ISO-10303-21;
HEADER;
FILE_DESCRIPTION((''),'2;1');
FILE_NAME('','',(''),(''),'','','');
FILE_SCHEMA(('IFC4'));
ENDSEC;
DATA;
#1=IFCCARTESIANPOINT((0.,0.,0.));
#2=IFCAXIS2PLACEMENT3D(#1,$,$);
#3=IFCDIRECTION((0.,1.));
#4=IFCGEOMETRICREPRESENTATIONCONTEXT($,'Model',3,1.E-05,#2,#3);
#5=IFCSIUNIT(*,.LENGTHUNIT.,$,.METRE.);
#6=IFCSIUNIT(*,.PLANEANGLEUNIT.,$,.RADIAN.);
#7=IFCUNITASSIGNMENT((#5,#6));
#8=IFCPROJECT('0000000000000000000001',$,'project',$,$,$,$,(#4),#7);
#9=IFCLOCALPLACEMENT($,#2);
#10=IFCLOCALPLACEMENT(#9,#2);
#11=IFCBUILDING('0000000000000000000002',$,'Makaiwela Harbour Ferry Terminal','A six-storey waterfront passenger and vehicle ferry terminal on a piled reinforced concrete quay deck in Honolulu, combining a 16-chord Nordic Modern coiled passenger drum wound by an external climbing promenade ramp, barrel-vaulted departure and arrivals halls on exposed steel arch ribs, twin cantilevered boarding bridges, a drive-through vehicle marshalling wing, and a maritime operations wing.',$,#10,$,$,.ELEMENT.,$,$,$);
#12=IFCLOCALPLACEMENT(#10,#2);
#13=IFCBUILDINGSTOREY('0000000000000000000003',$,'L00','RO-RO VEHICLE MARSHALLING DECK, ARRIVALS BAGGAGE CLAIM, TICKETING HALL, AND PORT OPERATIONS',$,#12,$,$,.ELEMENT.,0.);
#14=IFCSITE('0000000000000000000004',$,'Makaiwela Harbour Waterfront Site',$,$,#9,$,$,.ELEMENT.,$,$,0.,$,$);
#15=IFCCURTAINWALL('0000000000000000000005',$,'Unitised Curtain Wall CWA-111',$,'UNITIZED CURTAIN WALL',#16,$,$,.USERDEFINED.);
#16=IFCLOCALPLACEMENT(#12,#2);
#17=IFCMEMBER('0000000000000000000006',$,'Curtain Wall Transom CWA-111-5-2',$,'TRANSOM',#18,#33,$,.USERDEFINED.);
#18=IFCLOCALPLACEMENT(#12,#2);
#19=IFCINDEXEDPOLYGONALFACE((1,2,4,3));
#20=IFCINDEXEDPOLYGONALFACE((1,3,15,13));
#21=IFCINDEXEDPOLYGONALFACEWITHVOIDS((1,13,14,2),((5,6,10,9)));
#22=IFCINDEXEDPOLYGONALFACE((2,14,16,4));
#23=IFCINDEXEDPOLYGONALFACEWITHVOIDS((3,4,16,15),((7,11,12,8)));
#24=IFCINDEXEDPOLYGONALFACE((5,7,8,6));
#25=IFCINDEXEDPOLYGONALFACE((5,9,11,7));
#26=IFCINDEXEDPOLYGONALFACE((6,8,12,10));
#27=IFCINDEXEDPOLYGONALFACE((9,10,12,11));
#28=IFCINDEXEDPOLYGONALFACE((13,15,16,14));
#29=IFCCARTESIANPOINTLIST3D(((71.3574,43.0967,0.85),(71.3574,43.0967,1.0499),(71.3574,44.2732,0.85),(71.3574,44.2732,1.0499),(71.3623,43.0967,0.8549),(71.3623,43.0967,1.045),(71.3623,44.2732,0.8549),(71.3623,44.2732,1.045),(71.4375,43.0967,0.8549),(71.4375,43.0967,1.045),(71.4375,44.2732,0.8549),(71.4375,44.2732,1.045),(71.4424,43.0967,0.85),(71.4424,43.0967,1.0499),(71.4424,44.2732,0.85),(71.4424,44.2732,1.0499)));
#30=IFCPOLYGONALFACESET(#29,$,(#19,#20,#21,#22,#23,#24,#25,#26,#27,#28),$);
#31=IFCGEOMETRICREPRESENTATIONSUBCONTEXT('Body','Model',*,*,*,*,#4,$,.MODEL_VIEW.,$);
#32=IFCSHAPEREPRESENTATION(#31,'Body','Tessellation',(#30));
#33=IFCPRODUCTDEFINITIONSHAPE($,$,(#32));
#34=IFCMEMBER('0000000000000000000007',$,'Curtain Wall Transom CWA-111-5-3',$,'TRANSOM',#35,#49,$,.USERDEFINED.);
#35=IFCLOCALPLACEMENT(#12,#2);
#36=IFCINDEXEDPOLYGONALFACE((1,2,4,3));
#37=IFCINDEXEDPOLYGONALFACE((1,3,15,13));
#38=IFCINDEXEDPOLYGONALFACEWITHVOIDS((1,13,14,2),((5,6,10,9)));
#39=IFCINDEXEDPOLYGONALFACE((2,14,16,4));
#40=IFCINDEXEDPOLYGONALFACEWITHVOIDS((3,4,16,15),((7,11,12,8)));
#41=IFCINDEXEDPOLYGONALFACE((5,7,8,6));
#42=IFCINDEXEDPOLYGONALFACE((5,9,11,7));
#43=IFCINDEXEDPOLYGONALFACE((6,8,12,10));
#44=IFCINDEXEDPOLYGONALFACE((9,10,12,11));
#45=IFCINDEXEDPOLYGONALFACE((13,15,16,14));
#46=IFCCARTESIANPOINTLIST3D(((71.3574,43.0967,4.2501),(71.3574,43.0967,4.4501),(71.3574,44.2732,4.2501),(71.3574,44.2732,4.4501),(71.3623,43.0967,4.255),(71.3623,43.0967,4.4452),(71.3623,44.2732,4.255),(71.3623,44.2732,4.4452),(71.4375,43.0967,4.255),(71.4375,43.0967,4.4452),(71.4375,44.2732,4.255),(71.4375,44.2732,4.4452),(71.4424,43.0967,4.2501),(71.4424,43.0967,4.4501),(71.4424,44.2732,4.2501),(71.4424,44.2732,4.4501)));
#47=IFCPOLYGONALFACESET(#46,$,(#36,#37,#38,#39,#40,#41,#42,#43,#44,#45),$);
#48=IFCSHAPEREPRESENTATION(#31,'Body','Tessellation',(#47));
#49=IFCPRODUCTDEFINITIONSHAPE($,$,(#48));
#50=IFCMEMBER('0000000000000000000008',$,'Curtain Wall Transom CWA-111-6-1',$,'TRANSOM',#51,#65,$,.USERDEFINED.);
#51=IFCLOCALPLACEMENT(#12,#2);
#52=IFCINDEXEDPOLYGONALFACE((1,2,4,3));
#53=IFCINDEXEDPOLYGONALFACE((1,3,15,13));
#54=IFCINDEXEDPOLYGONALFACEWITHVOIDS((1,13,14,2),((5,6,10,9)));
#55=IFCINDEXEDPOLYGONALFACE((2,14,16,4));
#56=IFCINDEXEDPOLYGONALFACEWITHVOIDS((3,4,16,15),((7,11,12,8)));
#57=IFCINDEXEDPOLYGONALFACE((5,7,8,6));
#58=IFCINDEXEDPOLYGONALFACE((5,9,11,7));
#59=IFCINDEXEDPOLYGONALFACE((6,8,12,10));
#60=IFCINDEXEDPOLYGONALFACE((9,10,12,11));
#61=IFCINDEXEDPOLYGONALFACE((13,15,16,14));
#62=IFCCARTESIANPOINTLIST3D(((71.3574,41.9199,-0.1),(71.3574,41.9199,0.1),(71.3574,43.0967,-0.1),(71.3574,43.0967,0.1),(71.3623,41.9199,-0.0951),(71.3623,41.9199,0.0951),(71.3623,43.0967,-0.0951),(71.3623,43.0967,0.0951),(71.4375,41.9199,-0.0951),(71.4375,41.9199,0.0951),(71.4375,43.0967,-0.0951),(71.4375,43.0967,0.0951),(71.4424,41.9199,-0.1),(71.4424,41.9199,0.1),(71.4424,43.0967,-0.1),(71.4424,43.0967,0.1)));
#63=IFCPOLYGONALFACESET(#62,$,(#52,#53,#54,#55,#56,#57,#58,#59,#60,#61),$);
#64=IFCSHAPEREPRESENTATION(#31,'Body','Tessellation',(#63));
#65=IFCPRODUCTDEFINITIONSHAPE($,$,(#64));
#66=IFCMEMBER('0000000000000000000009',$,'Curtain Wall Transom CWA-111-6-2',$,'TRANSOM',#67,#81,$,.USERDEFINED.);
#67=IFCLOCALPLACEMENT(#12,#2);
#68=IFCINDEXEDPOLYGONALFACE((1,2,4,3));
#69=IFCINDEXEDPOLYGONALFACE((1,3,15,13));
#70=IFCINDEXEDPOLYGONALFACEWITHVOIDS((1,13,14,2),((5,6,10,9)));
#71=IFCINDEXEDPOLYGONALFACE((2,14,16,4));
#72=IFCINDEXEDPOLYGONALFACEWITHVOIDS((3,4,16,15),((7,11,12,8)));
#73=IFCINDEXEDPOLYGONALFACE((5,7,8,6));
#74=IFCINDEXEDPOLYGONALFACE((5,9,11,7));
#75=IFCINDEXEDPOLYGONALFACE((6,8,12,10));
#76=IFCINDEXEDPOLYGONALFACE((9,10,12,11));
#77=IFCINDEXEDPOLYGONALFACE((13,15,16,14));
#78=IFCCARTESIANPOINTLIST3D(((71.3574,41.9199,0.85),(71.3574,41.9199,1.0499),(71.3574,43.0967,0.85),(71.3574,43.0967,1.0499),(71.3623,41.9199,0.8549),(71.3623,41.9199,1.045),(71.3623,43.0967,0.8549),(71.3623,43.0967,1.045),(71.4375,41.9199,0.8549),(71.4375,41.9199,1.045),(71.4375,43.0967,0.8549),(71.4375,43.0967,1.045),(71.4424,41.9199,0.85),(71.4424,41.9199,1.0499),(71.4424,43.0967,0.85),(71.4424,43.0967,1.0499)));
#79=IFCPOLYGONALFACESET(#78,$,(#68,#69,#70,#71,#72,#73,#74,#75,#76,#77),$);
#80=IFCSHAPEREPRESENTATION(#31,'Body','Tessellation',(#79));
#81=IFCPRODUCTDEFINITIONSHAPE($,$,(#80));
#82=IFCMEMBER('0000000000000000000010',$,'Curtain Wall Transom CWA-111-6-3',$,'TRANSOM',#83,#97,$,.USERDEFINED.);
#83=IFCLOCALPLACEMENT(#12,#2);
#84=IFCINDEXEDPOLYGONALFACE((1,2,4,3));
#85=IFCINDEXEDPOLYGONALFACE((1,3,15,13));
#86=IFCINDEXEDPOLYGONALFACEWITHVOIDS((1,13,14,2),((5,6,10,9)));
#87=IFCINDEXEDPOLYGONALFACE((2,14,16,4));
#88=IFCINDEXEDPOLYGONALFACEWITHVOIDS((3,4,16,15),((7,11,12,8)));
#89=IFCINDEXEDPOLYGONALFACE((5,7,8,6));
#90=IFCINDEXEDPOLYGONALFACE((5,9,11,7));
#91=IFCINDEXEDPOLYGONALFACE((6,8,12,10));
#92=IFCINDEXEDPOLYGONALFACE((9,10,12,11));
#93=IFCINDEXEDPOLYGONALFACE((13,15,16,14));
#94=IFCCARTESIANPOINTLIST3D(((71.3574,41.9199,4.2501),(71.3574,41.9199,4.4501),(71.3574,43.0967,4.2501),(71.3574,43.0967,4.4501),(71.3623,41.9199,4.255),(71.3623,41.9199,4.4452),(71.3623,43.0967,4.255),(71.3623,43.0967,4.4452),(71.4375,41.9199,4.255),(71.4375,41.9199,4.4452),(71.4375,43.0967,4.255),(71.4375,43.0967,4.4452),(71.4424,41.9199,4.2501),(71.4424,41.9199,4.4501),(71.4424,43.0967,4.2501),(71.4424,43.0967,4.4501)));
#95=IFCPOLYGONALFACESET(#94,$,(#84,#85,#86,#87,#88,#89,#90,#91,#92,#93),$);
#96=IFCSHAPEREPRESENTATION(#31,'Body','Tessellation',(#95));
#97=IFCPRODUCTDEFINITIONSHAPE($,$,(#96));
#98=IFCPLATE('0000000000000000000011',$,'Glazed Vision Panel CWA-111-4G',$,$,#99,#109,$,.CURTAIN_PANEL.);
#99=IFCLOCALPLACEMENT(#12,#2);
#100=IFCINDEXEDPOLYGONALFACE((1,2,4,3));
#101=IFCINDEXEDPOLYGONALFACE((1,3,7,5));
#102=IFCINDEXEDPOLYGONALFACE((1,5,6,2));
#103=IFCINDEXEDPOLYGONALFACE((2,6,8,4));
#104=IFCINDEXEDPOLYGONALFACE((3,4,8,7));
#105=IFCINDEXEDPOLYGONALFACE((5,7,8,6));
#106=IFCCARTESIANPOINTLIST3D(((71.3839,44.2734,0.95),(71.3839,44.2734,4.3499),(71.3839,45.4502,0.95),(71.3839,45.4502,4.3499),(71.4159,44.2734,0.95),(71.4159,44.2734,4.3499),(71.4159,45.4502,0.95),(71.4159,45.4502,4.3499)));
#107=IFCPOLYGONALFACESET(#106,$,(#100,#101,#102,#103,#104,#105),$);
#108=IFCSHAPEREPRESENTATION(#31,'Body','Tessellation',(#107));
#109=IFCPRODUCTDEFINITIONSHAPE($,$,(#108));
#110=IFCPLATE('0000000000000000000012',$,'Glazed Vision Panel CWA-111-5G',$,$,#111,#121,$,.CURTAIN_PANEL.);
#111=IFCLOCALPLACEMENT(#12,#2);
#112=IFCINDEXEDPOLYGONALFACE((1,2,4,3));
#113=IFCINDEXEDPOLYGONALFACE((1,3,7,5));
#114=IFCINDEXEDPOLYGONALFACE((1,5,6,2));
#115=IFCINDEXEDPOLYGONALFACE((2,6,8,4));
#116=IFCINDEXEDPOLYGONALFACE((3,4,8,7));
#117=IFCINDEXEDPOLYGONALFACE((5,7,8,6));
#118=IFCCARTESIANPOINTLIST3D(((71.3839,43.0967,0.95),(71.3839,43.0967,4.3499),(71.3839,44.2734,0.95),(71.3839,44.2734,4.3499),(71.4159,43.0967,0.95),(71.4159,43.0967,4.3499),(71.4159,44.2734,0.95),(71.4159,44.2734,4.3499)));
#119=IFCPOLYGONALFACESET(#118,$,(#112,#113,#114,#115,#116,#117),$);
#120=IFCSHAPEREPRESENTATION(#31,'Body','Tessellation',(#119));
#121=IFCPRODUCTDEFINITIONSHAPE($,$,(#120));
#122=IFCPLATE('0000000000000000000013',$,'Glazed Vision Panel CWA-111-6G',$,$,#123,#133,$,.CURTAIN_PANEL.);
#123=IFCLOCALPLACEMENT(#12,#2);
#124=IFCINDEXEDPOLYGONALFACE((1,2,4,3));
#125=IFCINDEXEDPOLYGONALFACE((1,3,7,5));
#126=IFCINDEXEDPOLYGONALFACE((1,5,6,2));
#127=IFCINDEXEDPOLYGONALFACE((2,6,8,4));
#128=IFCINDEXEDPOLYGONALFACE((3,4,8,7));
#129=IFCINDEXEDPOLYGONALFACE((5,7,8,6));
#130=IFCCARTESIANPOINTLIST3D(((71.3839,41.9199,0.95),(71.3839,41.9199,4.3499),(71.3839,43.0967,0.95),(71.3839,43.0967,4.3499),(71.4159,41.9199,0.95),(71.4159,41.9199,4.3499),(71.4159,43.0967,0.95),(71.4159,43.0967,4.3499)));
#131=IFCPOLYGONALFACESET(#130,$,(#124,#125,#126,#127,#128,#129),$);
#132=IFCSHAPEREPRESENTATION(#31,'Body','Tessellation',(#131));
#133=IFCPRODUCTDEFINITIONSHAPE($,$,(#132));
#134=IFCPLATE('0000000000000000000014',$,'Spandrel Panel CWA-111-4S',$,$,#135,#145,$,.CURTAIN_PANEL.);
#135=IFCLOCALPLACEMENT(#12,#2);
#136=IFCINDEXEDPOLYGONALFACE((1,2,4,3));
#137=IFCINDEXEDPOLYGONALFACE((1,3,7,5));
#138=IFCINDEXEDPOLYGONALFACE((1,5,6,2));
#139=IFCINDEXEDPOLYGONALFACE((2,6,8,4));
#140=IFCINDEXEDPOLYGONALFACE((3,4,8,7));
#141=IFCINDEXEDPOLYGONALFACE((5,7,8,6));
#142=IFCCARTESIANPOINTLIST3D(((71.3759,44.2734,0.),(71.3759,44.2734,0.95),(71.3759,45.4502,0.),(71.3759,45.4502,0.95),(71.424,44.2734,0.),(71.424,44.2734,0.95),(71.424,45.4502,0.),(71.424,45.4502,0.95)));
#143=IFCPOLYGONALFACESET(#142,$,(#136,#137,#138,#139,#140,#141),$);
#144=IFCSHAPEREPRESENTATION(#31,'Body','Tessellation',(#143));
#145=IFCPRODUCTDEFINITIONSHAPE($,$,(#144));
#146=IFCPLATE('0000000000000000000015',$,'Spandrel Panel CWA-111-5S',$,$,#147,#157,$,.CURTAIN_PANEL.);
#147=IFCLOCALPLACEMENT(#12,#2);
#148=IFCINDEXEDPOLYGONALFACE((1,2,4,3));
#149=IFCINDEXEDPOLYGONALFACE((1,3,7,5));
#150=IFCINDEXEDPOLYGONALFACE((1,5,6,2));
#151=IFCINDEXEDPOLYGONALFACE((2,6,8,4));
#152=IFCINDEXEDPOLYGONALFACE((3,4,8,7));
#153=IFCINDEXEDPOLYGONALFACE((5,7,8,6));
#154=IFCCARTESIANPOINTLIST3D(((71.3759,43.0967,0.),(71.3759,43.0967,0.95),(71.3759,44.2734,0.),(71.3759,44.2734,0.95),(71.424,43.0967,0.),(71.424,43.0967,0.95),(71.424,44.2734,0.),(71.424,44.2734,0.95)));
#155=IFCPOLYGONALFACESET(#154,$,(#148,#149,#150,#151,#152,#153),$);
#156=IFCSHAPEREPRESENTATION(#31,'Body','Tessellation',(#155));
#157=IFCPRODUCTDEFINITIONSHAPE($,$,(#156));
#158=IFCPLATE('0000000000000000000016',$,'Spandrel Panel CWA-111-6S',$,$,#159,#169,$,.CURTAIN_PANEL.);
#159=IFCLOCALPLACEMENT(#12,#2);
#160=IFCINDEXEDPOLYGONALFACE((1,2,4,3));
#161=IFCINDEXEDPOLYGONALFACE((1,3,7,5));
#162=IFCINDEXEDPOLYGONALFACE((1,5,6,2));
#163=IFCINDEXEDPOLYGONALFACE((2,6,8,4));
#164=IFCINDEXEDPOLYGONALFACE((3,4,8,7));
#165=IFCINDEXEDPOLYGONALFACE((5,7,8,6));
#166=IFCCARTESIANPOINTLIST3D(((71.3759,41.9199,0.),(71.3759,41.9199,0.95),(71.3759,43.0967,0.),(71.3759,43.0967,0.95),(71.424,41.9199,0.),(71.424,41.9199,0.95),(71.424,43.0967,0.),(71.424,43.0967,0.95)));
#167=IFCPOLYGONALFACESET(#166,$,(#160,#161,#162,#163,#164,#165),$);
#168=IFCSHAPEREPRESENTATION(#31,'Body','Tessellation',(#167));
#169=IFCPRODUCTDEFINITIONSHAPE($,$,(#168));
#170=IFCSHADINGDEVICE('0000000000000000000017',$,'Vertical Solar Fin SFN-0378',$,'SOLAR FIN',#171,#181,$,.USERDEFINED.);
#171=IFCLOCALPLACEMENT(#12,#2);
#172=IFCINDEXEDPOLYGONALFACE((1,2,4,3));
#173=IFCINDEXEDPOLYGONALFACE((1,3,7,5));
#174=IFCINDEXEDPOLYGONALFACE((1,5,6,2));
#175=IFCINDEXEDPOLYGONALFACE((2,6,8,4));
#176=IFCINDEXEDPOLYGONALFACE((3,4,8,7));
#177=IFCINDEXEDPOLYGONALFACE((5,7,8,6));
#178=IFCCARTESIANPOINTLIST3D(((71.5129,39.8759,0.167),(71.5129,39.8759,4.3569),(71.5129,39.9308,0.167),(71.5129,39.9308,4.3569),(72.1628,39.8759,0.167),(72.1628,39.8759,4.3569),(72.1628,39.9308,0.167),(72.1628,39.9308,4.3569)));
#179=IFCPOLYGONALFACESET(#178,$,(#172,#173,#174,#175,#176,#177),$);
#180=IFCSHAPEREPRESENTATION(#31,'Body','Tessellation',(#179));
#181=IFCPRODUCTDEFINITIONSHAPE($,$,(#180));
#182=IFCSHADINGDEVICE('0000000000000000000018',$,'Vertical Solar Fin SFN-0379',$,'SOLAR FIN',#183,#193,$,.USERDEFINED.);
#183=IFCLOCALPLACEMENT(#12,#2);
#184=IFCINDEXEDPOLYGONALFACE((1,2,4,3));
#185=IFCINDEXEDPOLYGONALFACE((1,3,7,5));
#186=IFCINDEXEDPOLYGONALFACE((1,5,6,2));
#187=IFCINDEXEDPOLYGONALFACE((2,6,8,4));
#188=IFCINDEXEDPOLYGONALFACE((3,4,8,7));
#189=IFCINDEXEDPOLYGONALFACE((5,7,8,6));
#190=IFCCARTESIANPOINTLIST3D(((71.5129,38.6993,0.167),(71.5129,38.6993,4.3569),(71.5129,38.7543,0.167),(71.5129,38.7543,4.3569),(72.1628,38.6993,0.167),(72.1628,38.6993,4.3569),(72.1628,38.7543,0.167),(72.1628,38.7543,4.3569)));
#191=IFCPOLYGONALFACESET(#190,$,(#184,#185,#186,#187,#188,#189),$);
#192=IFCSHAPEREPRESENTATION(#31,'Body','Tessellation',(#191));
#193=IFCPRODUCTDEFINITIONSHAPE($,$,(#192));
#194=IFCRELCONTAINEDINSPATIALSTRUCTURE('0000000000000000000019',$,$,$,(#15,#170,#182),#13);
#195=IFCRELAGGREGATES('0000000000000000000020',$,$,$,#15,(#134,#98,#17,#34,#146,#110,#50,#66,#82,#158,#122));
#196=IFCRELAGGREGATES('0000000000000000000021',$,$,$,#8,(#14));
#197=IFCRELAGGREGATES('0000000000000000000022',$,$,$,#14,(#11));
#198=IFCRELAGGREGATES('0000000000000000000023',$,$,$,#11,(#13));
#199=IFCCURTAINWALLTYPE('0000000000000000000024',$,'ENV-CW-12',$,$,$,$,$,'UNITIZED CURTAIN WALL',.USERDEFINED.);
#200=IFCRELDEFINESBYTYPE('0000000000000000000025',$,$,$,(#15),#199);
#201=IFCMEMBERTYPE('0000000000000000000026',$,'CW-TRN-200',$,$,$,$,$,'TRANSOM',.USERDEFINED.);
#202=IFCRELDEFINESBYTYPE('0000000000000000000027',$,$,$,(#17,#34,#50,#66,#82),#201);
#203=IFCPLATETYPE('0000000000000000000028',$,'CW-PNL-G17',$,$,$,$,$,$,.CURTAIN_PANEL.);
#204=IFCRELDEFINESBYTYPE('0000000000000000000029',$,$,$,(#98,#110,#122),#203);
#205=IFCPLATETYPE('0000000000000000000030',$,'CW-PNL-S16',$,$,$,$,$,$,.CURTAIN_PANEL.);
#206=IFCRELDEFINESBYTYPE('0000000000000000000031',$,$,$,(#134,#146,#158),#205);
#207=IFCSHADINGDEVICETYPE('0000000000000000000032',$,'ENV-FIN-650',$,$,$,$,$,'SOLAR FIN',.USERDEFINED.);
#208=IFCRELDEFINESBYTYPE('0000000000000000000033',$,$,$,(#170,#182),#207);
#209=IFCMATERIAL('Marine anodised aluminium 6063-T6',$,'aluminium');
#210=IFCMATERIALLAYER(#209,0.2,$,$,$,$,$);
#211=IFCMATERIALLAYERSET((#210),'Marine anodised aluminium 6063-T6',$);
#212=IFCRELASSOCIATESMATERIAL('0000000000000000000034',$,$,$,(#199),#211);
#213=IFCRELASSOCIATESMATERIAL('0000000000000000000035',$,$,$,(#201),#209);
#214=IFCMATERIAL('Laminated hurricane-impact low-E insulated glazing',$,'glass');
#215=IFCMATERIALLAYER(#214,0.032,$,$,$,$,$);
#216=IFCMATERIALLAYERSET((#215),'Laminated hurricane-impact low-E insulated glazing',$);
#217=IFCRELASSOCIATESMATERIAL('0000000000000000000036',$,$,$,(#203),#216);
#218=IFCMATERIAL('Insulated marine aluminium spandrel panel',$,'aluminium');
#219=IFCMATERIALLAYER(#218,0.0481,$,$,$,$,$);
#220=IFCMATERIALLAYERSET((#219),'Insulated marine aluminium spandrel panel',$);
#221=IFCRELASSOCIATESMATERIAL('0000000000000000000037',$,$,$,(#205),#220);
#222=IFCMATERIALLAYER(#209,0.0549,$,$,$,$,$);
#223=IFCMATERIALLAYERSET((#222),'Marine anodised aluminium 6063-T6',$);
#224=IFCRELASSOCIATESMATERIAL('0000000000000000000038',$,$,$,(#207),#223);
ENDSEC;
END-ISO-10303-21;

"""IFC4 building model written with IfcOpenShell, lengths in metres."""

from ifc_helpers import new_model, si_unit, direction, frame, origin, origin_2d, place, context, subcontext, project, spatial, rectangle, hollow_rectangle, extrude, material, layer, layer_set, material_profile, profile_set, type_object, element, aggregate, save


model = new_model("IFC4")

# Units and contexts
model_context = context("Model", 3, precision=1e-05, world=origin(), true_north=direction((0.0, 1.0)))
body_context = subcontext(model_context, "Body", "Model", "MODEL_VIEW")
ifc_project = project(units=[si_unit("LENGTHUNIT", "METRE"), si_unit("PLANEANGLEUNIT", "RADIAN")], contexts=[model_context])

# Site, building, storey
site_placement = place(None, origin())
site = spatial("IfcSite", under=ifc_project, at=site_placement, Name="Makaiwela Harbour Waterfront Site", CompositionType="ELEMENT", RefElevation=0.0)
building_placement = place(site_placement, origin())
building = spatial("IfcBuilding", under=site, at=building_placement, Name="Makaiwela Harbour Ferry Terminal", Description="A six-storey waterfront passenger and vehicle ferry terminal on a piled reinforced concrete quay deck in Honolulu, combining a 16-chord Nordic Modern coiled passenger drum wound by an external climbing promenade ramp, barrel-vaulted departure and arrivals halls on exposed steel arch ribs, twin cantilevered boarding bridges, a drive-through vehicle marshalling wing, and a maritime operations wing.", CompositionType="ELEMENT")
storey_placement = place(building_placement, origin())
storey = spatial("IfcBuildingStorey", under=building, at=storey_placement, Name="L00", Description="RO-RO VEHICLE MARSHALLING DECK, ARRIVALS BAGGAGE CLAIM, TICKETING HALL, AND PORT OPERATIONS", CompositionType="ELEMENT", Elevation=0.0)

# Curtain wall, members, plates
ifc_material_1 = material(Name="Marine anodised aluminium 6063-T6", Category="aluminium")
ifc_layer_1 = layer(ifc_material_1, 0.2)
ifc_layer_set_1 = layer_set([ifc_layer_1], Name="Marine anodised aluminium 6063-T6")
curtain_wall_type = type_object("IfcCurtainWallType", Name="ENV-CW-12", ElementType="UNITIZED CURTAIN WALL", PredefinedType="USERDEFINED", material=ifc_layer_set_1)
curtain_wall_placement = place(storey_placement, origin())
curtain_wall = element("IfcCurtainWall", 1, at=curtain_wall_placement, inside=storey, type_object=curtain_wall_type, Name="Unitised Curtain Wall CWA-111", ObjectType="UNITIZED CURTAIN WALL", PredefinedType="USERDEFINED")
ifc_material_profile_1 = material_profile(ifc_material_1, hollow_rectangle(XDim=0.085, YDim=0.2, WallThickness=0.0049, at=origin_2d()), Name="CWT-200X85")
ifc_profile_set_1 = profile_set([ifc_material_profile_1], Name="Marine anodised aluminium 6063-T6")
member_type_1 = type_object("IfcMemberType", Name="CW-TRN-200", ElementType="TRANSOM", PredefinedType="USERDEFINED", material=ifc_profile_set_1)
member_1_placement = place(storey_placement, frame((71.3999, 44.2732, 0.95), z_axis=(0.0, -1.0, 0.0), x_axis=(1.0, 0.0, 0.0)))
member_1 = element("IfcMember", 2, at=member_1_placement, type_object=member_type_1, Name="Curtain Wall Transom CWA-111-5-2", ObjectType="TRANSOM", PredefinedType="USERDEFINED", context=body_context, shape_type="SweptSolid", body=[
    extrude(hollow_rectangle(XDim=0.085, YDim=0.2, WallThickness=0.0049, at=origin_2d()), origin(), (0.0, 0.0, 1.0), 1.1765),
])
member_2_placement = place(storey_placement, frame((71.3999, 44.2732, 4.3501), z_axis=(0.0, -1.0, 0.0), x_axis=(1.0, 0.0, 0.0)))
member_2 = element("IfcMember", 3, at=member_2_placement, type_object=member_type_1, Name="Curtain Wall Transom CWA-111-5-3", ObjectType="TRANSOM", PredefinedType="USERDEFINED", context=body_context, shape_type="SweptSolid", body=[
    extrude(hollow_rectangle(XDim=0.085, YDim=0.2, WallThickness=0.0049, at=origin_2d()), origin(), (0.0, 0.0, 1.0), 1.1765),
])
member_3_placement = place(storey_placement, frame((71.3999, 43.0967, 0.0), z_axis=(0.0, -1.0, 0.0), x_axis=(1.0, 0.0, 0.0)))
member_3 = element("IfcMember", 4, at=member_3_placement, type_object=member_type_1, Name="Curtain Wall Transom CWA-111-6-1", ObjectType="TRANSOM", PredefinedType="USERDEFINED", context=body_context, shape_type="SweptSolid", body=[
    extrude(hollow_rectangle(XDim=0.085, YDim=0.2, WallThickness=0.0049, at=origin_2d()), origin(), (0.0, 0.0, 1.0), 1.1768),
])
member_4_placement = place(storey_placement, frame((71.3999, 43.0967, 0.95), z_axis=(0.0, -1.0, 0.0), x_axis=(1.0, 0.0, 0.0)))
member_4 = element("IfcMember", 5, at=member_4_placement, type_object=member_type_1, Name="Curtain Wall Transom CWA-111-6-2", ObjectType="TRANSOM", PredefinedType="USERDEFINED", context=body_context, shape_type="SweptSolid", body=[
    extrude(hollow_rectangle(XDim=0.085, YDim=0.2, WallThickness=0.0049, at=origin_2d()), origin(), (0.0, 0.0, 1.0), 1.1768),
])
member_5_placement = place(storey_placement, frame((71.3999, 43.0967, 4.3501), z_axis=(0.0, -1.0, 0.0), x_axis=(1.0, 0.0, 0.0)))
member_5 = element("IfcMember", 6, at=member_5_placement, type_object=member_type_1, Name="Curtain Wall Transom CWA-111-6-3", ObjectType="TRANSOM", PredefinedType="USERDEFINED", context=body_context, shape_type="SweptSolid", body=[
    extrude(hollow_rectangle(XDim=0.085, YDim=0.2, WallThickness=0.0049, at=origin_2d()), origin(), (0.0, 0.0, 1.0), 1.1768),
])
ifc_material_2 = material(Name="Laminated hurricane-impact low-E insulated glazing", Category="glass")
ifc_layer_2 = layer(ifc_material_2, 0.032)
ifc_layer_set_2 = layer_set([ifc_layer_2], Name="Laminated hurricane-impact low-E insulated glazing")
plate_type_1 = type_object("IfcPlateType", Name="CW-PNL-G17", PredefinedType="CURTAIN_PANEL", material=ifc_layer_set_2)
plate_1_placement = place(storey_placement, frame((71.3999, 44.8618, 0.95), z_axis=(0.0, 0.0, 1.0), x_axis=(0.0, -1.0, 0.0)))
plate_1 = element("IfcPlate", 7, at=plate_1_placement, type_object=plate_type_1, Name="Glazed Vision Panel CWA-111-4G", PredefinedType="CURTAIN_PANEL", context=body_context, shape_type="SweptSolid", body=[
    extrude(rectangle(XDim=1.1768, YDim=0.032, at=origin_2d()), origin(), (0.0, 0.0, 1.0), 3.3999),
])
plate_2_placement = place(storey_placement, frame((71.3999, 43.6851, 0.95), z_axis=(0.0, 0.0, 1.0), x_axis=(0.0, -1.0, 0.0)))
plate_2 = element("IfcPlate", 8, at=plate_2_placement, type_object=plate_type_1, Name="Glazed Vision Panel CWA-111-5G", PredefinedType="CURTAIN_PANEL", context=body_context, shape_type="SweptSolid", body=[
    extrude(rectangle(XDim=1.1768, YDim=0.032, at=origin_2d()), origin(), (0.0, 0.0, 1.0), 3.3999),
])
plate_3_placement = place(storey_placement, frame((71.3999, 42.5083, 0.95), z_axis=(0.0, 0.0, 1.0), x_axis=(0.0, -1.0, 0.0)))
plate_3 = element("IfcPlate", 9, at=plate_3_placement, type_object=plate_type_1, Name="Glazed Vision Panel CWA-111-6G", PredefinedType="CURTAIN_PANEL", context=body_context, shape_type="SweptSolid", body=[
    extrude(rectangle(XDim=1.1768, YDim=0.032, at=origin_2d()), origin(), (0.0, 0.0, 1.0), 3.3999),
])
ifc_material_3 = material(Name="Insulated marine aluminium spandrel panel", Category="aluminium")
ifc_layer_3 = layer(ifc_material_3, 0.0481)
ifc_layer_set_3 = layer_set([ifc_layer_3], Name="Insulated marine aluminium spandrel panel")
plate_type_2 = type_object("IfcPlateType", Name="CW-PNL-S16", PredefinedType="CURTAIN_PANEL", material=ifc_layer_set_3)
plate_4_placement = place(storey_placement, frame((71.3999, 44.8618, 0.0), z_axis=(0.0, 0.0, 1.0), x_axis=(0.0, -1.0, 0.0)))
plate_4 = element("IfcPlate", 10, at=plate_4_placement, type_object=plate_type_2, Name="Spandrel Panel CWA-111-4S", PredefinedType="CURTAIN_PANEL", context=body_context, shape_type="SweptSolid", body=[
    extrude(rectangle(XDim=1.1768, YDim=0.0481, at=origin_2d()), origin(), (0.0, 0.0, 1.0), 0.95),
])
plate_5_placement = place(storey_placement, frame((71.3999, 43.6851, 0.0), z_axis=(0.0, 0.0, 1.0), x_axis=(0.0, -1.0, 0.0)))
plate_5 = element("IfcPlate", 11, at=plate_5_placement, type_object=plate_type_2, Name="Spandrel Panel CWA-111-5S", PredefinedType="CURTAIN_PANEL", context=body_context, shape_type="SweptSolid", body=[
    extrude(rectangle(XDim=1.1768, YDim=0.0481, at=origin_2d()), origin(), (0.0, 0.0, 1.0), 0.95),
])
plate_6_placement = place(storey_placement, frame((71.3999, 42.5083, 0.0), z_axis=(0.0, 0.0, 1.0), x_axis=(0.0, -1.0, 0.0)))
plate_6 = element("IfcPlate", 12, at=plate_6_placement, type_object=plate_type_2, Name="Spandrel Panel CWA-111-6S", PredefinedType="CURTAIN_PANEL", context=body_context, shape_type="SweptSolid", body=[
    extrude(rectangle(XDim=1.1768, YDim=0.0481, at=origin_2d()), origin(), (0.0, 0.0, 1.0), 0.95),
])
aggregate(curtain_wall, [plate_4, plate_1, member_1, member_2, plate_5, plate_2, member_3, member_4, member_5, plate_6, plate_3])

# Shading devices
ifc_layer_4 = layer(ifc_material_1, 0.0549)
ifc_layer_set_4 = layer_set([ifc_layer_4], Name="Marine anodised aluminium 6063-T6")
shading_device_type = type_object("IfcShadingDeviceType", Name="ENV-FIN-650", ElementType="SOLAR FIN", PredefinedType="USERDEFINED", material=ifc_layer_set_4)
for number, where, z_axis, x_axis, name in (
    (13, (71.8379, 39.9033, 0.167), (0.0, 0.0, 1.0), (1.0, 0.0, 0.0), "Vertical Solar Fin SFN-0378"),
    (14, (71.8379, 38.7268, 0.167), (0.0, 0.0, 1.0), (1.0, 0.0, 0.0), "Vertical Solar Fin SFN-0379"),
):
    element("IfcShadingDevice", number, at=place(storey_placement, frame(where, z_axis=z_axis, x_axis=x_axis)), inside=storey, type_object=shading_device_type, Name=name, ObjectType="SOLAR FIN", PredefinedType="USERDEFINED", context=body_context, shape_type="SweptSolid", body=[
        extrude(rectangle(XDim=0.6499, YDim=0.0549, at=origin_2d()), origin(), (0.0, 0.0, 1.0), 4.1899),
    ])

save(model, "model.ifc")
